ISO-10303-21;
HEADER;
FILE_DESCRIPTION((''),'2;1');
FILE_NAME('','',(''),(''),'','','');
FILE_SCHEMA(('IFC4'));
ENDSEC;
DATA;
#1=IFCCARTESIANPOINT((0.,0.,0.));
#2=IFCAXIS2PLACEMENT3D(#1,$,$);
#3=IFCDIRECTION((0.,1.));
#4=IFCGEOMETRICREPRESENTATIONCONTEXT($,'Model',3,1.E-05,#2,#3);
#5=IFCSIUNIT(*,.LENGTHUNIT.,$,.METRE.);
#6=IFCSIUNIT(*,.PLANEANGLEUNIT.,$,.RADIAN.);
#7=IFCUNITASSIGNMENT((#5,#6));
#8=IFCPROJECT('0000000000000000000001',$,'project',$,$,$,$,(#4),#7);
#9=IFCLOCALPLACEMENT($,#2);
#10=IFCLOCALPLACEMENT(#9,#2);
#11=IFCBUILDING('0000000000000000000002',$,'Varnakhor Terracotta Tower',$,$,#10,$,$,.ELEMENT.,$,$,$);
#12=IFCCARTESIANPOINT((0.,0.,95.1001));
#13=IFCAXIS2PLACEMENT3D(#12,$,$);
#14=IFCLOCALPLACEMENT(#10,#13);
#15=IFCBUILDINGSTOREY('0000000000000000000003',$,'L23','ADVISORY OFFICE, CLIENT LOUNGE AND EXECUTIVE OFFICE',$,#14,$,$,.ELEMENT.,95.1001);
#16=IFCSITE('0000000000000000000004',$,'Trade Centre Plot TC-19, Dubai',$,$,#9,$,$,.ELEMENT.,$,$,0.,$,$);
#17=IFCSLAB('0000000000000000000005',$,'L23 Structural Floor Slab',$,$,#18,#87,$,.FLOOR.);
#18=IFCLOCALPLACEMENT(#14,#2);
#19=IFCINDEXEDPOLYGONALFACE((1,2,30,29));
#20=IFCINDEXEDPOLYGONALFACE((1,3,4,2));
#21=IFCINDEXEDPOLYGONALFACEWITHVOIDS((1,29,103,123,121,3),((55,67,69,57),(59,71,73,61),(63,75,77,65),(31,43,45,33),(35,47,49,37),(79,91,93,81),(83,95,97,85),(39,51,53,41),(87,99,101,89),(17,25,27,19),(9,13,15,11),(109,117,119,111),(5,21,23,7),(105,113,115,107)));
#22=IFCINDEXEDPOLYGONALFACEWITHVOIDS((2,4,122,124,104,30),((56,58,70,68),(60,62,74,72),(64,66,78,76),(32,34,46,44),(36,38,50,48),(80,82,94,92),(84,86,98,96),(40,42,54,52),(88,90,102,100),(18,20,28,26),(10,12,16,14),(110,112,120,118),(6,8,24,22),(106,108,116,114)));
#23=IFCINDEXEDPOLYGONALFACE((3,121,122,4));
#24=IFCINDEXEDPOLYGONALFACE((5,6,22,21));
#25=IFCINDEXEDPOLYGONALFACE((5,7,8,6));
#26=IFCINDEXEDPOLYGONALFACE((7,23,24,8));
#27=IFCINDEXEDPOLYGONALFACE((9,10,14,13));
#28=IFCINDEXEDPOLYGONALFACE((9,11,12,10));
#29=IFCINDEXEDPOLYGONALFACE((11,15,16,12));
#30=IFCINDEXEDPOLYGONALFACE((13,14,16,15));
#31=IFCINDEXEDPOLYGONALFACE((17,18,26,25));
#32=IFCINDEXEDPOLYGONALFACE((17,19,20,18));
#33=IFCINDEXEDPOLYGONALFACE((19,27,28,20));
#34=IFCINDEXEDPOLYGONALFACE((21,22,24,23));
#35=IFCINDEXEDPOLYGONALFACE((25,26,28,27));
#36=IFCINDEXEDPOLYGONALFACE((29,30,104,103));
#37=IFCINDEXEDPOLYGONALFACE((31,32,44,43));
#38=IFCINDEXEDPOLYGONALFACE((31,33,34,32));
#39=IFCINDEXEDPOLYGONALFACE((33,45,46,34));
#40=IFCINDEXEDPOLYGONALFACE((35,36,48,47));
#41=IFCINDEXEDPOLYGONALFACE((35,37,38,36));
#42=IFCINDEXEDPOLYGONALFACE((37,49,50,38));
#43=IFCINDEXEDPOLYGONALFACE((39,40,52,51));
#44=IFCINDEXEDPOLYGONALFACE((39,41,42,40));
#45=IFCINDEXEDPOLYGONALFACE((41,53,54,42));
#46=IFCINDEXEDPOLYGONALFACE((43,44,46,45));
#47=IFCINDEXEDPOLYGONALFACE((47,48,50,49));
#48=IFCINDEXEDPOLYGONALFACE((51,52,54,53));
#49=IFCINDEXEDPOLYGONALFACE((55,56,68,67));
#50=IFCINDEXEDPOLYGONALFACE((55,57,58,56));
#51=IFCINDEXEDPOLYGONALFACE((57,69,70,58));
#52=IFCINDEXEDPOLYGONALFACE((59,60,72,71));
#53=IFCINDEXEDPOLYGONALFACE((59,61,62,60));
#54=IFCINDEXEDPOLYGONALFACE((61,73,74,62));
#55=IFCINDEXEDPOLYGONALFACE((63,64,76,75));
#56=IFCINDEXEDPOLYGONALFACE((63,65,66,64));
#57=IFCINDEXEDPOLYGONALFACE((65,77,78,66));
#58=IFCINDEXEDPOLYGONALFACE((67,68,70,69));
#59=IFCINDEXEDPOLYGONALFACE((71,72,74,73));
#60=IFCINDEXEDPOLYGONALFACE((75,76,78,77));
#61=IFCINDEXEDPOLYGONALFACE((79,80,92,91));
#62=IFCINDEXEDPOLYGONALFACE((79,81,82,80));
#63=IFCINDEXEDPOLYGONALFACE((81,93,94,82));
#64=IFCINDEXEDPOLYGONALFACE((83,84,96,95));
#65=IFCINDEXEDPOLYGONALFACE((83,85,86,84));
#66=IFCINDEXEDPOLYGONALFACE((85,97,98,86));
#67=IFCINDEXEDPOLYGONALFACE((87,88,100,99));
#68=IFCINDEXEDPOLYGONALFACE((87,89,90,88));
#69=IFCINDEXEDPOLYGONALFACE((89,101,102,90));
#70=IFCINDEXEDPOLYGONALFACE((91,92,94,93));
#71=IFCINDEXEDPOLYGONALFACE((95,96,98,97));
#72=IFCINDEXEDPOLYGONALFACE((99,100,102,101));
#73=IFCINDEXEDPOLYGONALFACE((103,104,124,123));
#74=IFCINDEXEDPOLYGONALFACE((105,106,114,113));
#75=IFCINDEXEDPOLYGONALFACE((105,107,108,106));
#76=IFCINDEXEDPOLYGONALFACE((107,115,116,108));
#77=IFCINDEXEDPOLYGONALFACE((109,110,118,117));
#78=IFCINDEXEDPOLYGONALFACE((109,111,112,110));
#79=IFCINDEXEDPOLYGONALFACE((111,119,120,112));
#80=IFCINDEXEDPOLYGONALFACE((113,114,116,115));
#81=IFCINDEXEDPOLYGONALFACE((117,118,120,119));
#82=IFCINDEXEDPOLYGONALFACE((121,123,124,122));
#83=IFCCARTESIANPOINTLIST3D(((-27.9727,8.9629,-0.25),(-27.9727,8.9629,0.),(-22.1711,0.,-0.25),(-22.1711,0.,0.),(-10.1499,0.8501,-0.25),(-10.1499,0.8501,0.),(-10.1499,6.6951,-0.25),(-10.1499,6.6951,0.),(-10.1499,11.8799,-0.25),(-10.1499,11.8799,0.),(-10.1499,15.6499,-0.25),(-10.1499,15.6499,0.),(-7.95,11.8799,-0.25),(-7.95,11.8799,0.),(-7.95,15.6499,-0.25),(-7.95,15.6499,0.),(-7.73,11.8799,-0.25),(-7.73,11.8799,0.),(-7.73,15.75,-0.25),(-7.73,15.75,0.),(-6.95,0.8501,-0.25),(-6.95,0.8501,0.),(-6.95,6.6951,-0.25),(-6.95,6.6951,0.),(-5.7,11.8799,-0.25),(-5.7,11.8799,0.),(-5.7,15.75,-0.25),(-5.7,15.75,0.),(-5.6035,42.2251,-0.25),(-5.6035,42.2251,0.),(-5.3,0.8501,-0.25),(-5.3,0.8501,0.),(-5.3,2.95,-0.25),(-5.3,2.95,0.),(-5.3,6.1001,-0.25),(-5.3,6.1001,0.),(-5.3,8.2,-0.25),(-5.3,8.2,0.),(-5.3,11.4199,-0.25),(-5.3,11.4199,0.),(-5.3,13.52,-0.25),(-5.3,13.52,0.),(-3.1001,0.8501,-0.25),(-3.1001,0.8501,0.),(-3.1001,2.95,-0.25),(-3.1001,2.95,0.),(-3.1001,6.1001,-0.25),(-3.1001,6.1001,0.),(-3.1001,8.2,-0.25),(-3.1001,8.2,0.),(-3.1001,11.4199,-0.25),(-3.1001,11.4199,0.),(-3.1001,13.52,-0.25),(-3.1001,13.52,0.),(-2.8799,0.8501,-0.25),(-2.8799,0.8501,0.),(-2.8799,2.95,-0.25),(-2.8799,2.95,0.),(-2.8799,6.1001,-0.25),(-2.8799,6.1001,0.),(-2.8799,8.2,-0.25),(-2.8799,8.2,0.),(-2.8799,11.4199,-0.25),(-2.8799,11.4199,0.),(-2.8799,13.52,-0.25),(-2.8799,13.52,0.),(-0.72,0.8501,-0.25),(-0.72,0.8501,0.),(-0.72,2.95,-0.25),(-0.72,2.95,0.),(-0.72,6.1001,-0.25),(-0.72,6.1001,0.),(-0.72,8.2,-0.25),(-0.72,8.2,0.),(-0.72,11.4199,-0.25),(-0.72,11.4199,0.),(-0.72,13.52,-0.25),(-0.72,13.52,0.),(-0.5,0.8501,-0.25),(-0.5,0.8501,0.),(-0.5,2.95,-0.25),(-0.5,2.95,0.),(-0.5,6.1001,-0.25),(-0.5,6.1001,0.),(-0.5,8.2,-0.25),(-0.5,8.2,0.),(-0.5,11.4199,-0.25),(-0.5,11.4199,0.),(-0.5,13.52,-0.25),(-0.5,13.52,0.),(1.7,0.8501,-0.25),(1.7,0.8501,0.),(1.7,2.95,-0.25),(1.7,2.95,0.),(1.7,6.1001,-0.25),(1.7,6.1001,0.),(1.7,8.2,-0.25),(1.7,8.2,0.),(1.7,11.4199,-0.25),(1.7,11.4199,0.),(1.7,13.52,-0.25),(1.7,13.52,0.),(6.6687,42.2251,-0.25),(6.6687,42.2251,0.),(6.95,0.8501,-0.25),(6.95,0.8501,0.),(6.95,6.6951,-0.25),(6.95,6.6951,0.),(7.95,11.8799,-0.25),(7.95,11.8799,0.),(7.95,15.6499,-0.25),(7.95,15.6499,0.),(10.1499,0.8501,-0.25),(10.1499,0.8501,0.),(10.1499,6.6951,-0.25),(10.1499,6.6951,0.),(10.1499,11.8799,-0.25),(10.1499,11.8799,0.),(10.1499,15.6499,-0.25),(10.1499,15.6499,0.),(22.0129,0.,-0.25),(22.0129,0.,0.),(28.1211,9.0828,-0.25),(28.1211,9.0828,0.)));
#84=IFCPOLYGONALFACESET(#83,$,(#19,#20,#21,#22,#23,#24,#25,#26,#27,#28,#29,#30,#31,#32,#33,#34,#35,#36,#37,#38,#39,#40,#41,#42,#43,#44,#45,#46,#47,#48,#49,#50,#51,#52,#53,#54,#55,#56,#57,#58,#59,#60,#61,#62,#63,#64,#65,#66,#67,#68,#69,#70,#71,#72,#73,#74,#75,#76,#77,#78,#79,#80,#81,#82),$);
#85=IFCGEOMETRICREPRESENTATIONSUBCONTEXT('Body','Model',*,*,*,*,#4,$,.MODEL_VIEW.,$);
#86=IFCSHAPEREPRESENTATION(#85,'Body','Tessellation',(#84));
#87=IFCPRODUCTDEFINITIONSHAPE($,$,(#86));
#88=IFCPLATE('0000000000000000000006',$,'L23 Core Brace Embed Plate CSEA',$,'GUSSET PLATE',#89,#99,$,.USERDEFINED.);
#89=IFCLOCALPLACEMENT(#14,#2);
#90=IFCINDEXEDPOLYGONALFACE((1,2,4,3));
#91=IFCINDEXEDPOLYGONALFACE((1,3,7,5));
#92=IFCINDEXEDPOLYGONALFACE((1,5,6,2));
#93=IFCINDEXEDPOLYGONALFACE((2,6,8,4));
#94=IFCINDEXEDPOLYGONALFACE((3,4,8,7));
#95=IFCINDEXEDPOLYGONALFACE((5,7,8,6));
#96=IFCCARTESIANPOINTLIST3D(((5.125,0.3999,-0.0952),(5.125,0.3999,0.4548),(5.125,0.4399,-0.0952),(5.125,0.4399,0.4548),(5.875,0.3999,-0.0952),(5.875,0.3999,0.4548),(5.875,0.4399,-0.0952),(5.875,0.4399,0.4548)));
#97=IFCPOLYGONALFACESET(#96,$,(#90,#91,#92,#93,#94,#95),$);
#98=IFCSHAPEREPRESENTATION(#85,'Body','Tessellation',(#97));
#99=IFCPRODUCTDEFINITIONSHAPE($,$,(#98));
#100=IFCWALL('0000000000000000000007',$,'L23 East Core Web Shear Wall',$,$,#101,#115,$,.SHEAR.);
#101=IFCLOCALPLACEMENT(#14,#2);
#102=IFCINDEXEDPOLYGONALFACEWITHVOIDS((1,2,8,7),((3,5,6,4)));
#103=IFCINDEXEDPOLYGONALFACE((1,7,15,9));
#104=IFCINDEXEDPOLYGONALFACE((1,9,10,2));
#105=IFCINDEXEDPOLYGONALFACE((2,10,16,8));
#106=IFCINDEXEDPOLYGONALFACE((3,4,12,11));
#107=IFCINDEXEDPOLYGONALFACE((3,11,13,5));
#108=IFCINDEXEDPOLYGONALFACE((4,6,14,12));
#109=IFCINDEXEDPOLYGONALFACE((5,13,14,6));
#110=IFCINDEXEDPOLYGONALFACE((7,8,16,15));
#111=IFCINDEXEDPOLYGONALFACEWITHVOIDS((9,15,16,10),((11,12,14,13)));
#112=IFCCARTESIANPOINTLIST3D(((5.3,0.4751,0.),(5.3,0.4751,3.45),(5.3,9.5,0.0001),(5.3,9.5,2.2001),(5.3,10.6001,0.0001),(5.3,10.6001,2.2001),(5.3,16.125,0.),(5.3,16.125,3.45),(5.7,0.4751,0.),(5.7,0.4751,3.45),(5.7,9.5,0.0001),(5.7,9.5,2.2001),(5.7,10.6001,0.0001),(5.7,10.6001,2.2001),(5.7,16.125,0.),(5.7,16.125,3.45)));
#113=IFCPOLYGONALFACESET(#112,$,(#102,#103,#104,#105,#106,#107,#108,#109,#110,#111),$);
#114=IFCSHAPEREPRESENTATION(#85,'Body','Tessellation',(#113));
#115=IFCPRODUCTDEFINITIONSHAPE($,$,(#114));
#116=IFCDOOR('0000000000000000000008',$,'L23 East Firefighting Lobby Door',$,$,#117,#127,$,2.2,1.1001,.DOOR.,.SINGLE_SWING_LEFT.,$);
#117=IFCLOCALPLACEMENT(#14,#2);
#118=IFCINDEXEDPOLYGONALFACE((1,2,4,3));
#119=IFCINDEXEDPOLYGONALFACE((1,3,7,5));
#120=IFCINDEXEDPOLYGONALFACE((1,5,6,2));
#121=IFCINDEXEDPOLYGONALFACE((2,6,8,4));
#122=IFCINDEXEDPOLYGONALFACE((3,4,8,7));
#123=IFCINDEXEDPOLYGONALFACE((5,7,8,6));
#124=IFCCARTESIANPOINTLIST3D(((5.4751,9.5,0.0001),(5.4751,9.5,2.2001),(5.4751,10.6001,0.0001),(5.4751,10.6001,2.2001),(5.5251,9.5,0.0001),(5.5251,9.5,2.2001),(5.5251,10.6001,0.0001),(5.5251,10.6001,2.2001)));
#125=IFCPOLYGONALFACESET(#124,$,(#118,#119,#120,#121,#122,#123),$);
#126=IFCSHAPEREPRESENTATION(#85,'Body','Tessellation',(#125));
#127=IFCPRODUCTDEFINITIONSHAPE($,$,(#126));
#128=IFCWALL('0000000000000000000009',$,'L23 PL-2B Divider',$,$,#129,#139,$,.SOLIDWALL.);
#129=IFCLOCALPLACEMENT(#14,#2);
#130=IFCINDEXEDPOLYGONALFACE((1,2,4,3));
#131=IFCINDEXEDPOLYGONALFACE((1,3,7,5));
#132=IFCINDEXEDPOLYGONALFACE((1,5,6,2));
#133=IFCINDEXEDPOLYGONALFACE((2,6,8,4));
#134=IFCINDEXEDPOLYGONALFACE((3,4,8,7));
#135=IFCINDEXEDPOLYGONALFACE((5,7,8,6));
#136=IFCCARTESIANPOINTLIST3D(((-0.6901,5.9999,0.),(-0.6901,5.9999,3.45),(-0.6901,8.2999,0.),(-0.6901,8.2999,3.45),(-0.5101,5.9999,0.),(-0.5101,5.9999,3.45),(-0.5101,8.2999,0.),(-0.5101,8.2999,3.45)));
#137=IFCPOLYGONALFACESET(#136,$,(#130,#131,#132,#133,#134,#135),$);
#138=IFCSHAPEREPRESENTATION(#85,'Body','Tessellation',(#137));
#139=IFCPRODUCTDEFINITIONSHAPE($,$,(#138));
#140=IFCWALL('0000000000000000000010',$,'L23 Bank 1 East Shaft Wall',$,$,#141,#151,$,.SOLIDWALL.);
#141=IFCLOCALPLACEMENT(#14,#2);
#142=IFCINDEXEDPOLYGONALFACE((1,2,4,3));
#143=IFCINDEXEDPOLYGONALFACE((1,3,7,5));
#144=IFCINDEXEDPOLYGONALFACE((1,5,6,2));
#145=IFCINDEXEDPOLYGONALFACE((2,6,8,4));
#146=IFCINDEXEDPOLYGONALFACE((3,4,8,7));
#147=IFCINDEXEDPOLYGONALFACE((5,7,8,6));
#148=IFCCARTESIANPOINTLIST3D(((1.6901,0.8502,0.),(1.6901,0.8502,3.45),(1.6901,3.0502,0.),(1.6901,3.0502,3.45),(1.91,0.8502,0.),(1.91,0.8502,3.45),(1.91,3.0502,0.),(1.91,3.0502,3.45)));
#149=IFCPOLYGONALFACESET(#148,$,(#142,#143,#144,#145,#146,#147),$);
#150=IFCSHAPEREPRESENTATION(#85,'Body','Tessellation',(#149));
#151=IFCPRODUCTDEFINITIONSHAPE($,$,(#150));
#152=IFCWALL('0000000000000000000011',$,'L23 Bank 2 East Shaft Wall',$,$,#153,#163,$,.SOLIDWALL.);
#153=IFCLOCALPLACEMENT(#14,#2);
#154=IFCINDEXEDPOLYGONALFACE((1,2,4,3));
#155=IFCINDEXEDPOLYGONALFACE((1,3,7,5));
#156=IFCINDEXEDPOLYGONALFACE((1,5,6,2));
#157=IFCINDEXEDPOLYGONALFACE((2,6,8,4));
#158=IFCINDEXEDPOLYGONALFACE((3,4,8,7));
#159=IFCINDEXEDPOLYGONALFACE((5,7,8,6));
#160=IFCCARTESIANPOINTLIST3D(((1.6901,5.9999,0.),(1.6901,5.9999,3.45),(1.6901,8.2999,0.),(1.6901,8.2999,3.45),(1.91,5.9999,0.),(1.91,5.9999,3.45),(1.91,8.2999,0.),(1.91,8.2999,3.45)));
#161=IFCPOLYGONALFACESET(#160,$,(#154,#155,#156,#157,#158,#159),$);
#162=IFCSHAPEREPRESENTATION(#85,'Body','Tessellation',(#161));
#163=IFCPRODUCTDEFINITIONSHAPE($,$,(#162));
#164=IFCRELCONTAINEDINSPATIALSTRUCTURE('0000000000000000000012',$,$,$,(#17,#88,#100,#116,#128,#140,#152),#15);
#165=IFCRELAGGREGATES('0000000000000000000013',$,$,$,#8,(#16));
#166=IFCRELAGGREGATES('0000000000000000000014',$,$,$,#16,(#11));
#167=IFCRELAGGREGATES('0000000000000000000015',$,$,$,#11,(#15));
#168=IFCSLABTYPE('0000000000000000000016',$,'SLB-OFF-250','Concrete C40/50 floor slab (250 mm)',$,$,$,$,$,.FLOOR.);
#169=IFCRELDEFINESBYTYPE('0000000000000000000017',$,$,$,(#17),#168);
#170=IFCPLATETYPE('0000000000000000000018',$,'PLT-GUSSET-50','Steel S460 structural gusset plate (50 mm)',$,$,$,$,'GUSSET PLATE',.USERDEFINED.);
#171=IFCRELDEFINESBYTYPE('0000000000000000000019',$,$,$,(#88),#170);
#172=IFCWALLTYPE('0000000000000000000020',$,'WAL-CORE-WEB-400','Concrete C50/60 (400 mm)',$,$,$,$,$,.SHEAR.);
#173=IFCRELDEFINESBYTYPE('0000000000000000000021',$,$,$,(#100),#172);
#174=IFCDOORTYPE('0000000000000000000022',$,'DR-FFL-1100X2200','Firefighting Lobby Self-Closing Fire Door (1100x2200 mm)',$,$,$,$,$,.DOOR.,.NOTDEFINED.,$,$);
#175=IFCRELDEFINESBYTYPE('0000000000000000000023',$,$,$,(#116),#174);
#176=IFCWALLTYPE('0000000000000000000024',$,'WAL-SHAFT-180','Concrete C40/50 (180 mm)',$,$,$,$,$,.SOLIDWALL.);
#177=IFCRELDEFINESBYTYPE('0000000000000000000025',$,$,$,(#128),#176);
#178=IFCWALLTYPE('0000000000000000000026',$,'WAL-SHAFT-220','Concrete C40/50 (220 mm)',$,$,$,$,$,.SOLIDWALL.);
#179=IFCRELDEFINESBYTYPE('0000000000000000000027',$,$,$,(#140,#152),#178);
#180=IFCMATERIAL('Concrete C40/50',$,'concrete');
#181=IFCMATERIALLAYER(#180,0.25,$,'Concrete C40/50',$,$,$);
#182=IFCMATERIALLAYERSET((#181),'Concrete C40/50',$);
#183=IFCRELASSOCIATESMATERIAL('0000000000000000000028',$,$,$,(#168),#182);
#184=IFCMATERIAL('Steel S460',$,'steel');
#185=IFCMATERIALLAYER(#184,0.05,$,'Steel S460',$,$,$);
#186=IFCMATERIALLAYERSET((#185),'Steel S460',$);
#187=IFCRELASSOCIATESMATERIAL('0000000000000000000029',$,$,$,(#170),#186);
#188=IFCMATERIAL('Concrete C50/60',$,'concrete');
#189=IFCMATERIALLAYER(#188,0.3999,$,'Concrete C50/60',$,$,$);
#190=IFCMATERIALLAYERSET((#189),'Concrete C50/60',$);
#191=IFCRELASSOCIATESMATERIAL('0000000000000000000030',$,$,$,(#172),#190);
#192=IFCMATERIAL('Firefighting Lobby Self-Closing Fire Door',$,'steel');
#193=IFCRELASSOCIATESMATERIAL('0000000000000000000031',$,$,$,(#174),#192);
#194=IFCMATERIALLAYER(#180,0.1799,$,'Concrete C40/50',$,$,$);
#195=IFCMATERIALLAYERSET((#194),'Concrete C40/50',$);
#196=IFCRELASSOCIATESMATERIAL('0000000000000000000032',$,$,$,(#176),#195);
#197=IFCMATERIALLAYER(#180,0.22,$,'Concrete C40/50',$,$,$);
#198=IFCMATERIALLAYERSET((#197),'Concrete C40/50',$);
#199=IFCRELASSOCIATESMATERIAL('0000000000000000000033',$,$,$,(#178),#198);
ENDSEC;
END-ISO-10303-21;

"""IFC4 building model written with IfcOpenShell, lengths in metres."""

from ifc_helpers import new_model, si_unit, direction, frame, frame_2d, origin, origin_2d, place, context, subcontext, project, spatial, polyline, rectangle, outline, extrude, source, transform, mapped, material, layer, layer_set, type_object, type_shapes, element, fill, save


model = new_model("IFC4")

# Units and contexts
model_context = context("Model", 3, precision=1e-05, world=origin(), true_north=direction((0.0, 1.0)))
body_context = subcontext(model_context, "Body", "Model", "MODEL_VIEW")
ifc_project = project(units=[si_unit("LENGTHUNIT", "METRE"), si_unit("PLANEANGLEUNIT", "RADIAN")], contexts=[model_context])

# Site, building, storey
site_placement = place(None, origin())
site = spatial("IfcSite", under=ifc_project, at=site_placement, Name="Trade Centre Plot TC-19, Dubai", CompositionType="ELEMENT", RefElevation=0.0)
building_placement = place(site_placement, origin())
building = spatial("IfcBuilding", under=site, at=building_placement, Name="Varnakhor Terracotta Tower", CompositionType="ELEMENT")
storey_placement = place(building_placement, frame((0.0, 0.0, 95.1001)))
storey = spatial("IfcBuildingStorey", under=building, at=storey_placement, Name="L23", Description="ADVISORY OFFICE, CLIENT LOUNGE AND EXECUTIVE OFFICE", CompositionType="ELEMENT", Elevation=95.1001)

# Shared definitions
ifc_material_1 = material(Name="Concrete C50/60", Category="concrete")

# Shared definitions
ifc_material_2 = material(Name="Steel S460", Category="steel")

# Shared definitions
ifc_material_3 = material(Name="Concrete C40/50", Category="concrete")

# Slab
ifc_layer_1 = layer(ifc_material_3, 0.25, Name="Concrete C40/50")
ifc_layer_set_1 = layer_set([ifc_layer_1], Name="Concrete C40/50")
slab_type_1 = type_object("IfcSlabType", Name="SLB-OFF-250", Description="Concrete C40/50 floor slab (250 mm)", PredefinedType="FLOOR", material=ifc_layer_set_1)
slab_1_placement = place(storey_placement, frame((0.0, 0.0, -0.25)))
element("IfcSlab", 1, at=slab_1_placement, inside=storey, type_object=slab_type_1, Name="L23 Structural Floor Slab", PredefinedType="FLOOR", context=body_context, shape_type="SweptSolid", body=[
    extrude(outline(polyline([(-27.9727, 8.9629), (-5.6035, 42.2251), (6.6687, 42.2251), (28.1211, 9.0828), (22.0129, 0.0), (-22.1711, 0.0), (-27.9727, 8.9629)]), holes=[polyline([(-3.1001, 0.8501), (-3.1001, 2.95), (-5.3, 2.95), (-5.3, 0.8501), (-3.1001, 0.8501)]), polyline([(-2.8799, 0.8501), (-0.72, 0.8501), (-0.72, 2.95), (-2.8799, 2.95), (-2.8799, 0.8501)]), polyline([(-10.1499, 0.8501), (-6.95, 0.8501), (-6.95, 6.6951), (-10.1499, 6.6951), (-10.1499, 0.8501)]), polyline([(-5.3, 6.1001), (-3.1001, 6.1001), (-3.1001, 8.2), (-5.3, 8.2), (-5.3, 6.1001)]), polyline([(-5.3, 11.4199), (-3.1001, 11.4199), (-3.1001, 13.52), (-5.3, 13.52), (-5.3, 11.4199)]), polyline([(-10.1499, 11.8799), (-7.95, 11.8799), (-7.95, 15.6499), (-10.1499, 15.6499), (-10.1499, 11.8799)]), polyline([(-7.73, 11.8799), (-5.7, 11.8799), (-5.7, 15.75), (-7.73, 15.75), (-7.73, 11.8799)]), polyline([(1.7, 0.8501), (1.7, 2.95), (-0.5, 2.95), (-0.5, 0.8501), (1.7, 0.8501)]), polyline([(6.95, 0.8501), (10.1499, 0.8501), (10.1499, 6.6951), (6.95, 6.6951), (6.95, 0.8501)]), polyline([(-2.8799, 6.1001), (-0.72, 6.1001), (-0.72, 8.2), (-2.8799, 8.2), (-2.8799, 6.1001)]), polyline([(-0.5, 6.1001), (1.7, 6.1001), (1.7, 8.2), (-0.5, 8.2), (-0.5, 6.1001)]), polyline([(-2.8799, 11.4199), (-0.72, 11.4199), (-0.72, 13.52), (-2.8799, 13.52), (-2.8799, 11.4199)]), polyline([(-0.5, 11.4199), (1.7, 11.4199), (1.7, 13.52), (-0.5, 13.52), (-0.5, 11.4199)]), polyline([(7.95, 11.8799), (10.1499, 11.8799), (10.1499, 15.6499), (7.95, 15.6499), (7.95, 11.8799)])]), origin(), (0.0, 0.0, 1.0), 0.25),
])

# Plate
ifc_layer_2 = layer(ifc_material_2, 0.05, Name="Steel S460")
ifc_layer_set_2 = layer_set([ifc_layer_2], Name="Steel S460")
plate_type = type_object("IfcPlateType", Name="PLT-GUSSET-50", Description="Steel S460 structural gusset plate (50 mm)", ElementType="GUSSET PLATE", PredefinedType="USERDEFINED", material=ifc_layer_set_2)
shared_shape_1 = source(origin(), body_context, "Body", "SweptSolid", [
    extrude(rectangle(XDim=0.75, YDim=0.04, at=origin_2d()), origin(), (0.0, 0.0, 1.0), 0.55),
])
type_shapes(plate_type, [shared_shape_1])
plate_placement = place(storey_placement, frame((5.5, 0.4199, -0.0952), z_axis=(0.0, 0.0, 1.0), x_axis=(1.0, 0.0, 0.0)))
element("IfcPlate", 2, at=plate_placement, inside=storey, type_object=plate_type, Name="L23 Core Brace Embed Plate CSEA", ObjectType="GUSSET PLATE", PredefinedType="USERDEFINED", context=body_context, shape_type="MappedRepresentation", body=[
    mapped(shared_shape_1, transform((0.0, 0.0, 0.0), scale=1.0)),
])

# Wall, opening, door
ifc_layer_3 = layer(ifc_material_1, 0.3999, Name="Concrete C50/60")
ifc_layer_set_3 = layer_set([ifc_layer_3], Name="Concrete C50/60")
wall_type_1 = type_object("IfcWallType", Name="WAL-CORE-WEB-400", Description="Concrete C50/60 (400 mm)", PredefinedType="SHEAR", material=ifc_layer_set_3)
wall_1_placement = place(storey_placement, frame((5.5, 0.4751, 0.0), z_axis=(0.0, 0.0, 1.0), x_axis=(0.0, 1.0, 0.0)))
wall_1 = element("IfcWall", 3, at=wall_1_placement, inside=storey, type_object=wall_type_1, Name="L23 East Core Web Shear Wall", PredefinedType="SHEAR", context=body_context, shape_type="SweptSolid", body=[
    extrude(rectangle(XDim=15.6499, YDim=0.3999, at=frame_2d((7.825, 0.0))), origin(), (0.0, 0.0, 1.0), 3.45),
])
opening_1_placement = place(wall_1_placement, frame((9.0249, 0.0, 0.0)))
opening_1 = element("IfcOpeningElement", 4, at=opening_1_placement, cuts=wall_1, PredefinedType="OPENING", context=body_context, shape_type="SweptSolid", body=[
    extrude(rectangle(XDim=1.1001, YDim=2.2, at=frame_2d((0.55, 1.1001))), frame((0.0, 0.21, 0.0), z_axis=(0.0, -1.0, 0.0), x_axis=(1.0, 0.0, 0.0)), (0.0, 0.0, 1.0), 0.4199),
])
ifc_material_4 = material(Name="Firefighting Lobby Self-Closing Fire Door", Category="steel")
door_type_1 = type_object("IfcDoorType", Name="DR-FFL-1100X2200", Description="Firefighting Lobby Self-Closing Fire Door (1100x2200 mm)", OperationType="NOTDEFINED", PredefinedType="DOOR", material=ifc_material_4)
shared_shape_2 = source(origin(), body_context, "Body", "SweptSolid", [
    extrude(rectangle(XDim=1.1001, YDim=2.2, at=frame_2d((0.55, 1.1001))), frame((0.0, 0.0249, 0.0), z_axis=(0.0, -1.0, 0.0), x_axis=(1.0, 0.0, 0.0)), (0.0, 0.0, 1.0), 0.05),
])
type_shapes(door_type_1, [shared_shape_2])
door_1_placement = place(opening_1_placement, origin())
door_1 = element("IfcDoor", 5, at=door_1_placement, inside=storey, type_object=door_type_1, Name="L23 East Firefighting Lobby Door", OperationType="SINGLE_SWING_LEFT", OverallHeight=2.2, OverallWidth=1.1001, PredefinedType="DOOR", context=body_context, shape_type="MappedRepresentation", body=[
    mapped(shared_shape_2, transform((0.0, 0.0, 0.0), scale=1.0)),
])
fill(opening_1, door_1)

# Walls
ifc_layer_4 = layer(ifc_material_3, 0.1799, Name="Concrete C40/50")
ifc_layer_set_4 = layer_set([ifc_layer_4], Name="Concrete C40/50")
wall_type_2 = type_object("IfcWallType", Name="WAL-SHAFT-180", Description="Concrete C40/50 (180 mm)", PredefinedType="SOLIDWALL", material=ifc_layer_set_4)
wall_2_placement = place(storey_placement, frame((-0.6001, 6.0, 0.0), z_axis=(0.0, 0.0, 1.0), x_axis=(0.0, 1.0, 0.0)))
element("IfcWall", 6, at=wall_2_placement, inside=storey, type_object=wall_type_2, Name="L23 PL-2B Divider", PredefinedType="SOLIDWALL", context=body_context, shape_type="SweptSolid", body=[
    extrude(rectangle(XDim=2.3, YDim=0.1799, at=frame_2d((1.1499, 0.0))), origin(), (0.0, 0.0, 1.0), 3.45),
])
ifc_layer_5 = layer(ifc_material_3, 0.22, Name="Concrete C40/50")
ifc_layer_set_5 = layer_set([ifc_layer_5], Name="Concrete C40/50")
wall_type_3 = type_object("IfcWallType", Name="WAL-SHAFT-220", Description="Concrete C40/50 (220 mm)", PredefinedType="SOLIDWALL", material=ifc_layer_set_5)
wall_3_placement = place(storey_placement, frame((1.8, 0.8501, 0.0), z_axis=(0.0, 0.0, 1.0), x_axis=(0.0, 1.0, 0.0)))
element("IfcWall", 7, at=wall_3_placement, inside=storey, type_object=wall_type_3, Name="L23 Bank 1 East Shaft Wall", PredefinedType="SOLIDWALL", context=body_context, shape_type="SweptSolid", body=[
    extrude(rectangle(XDim=2.2, YDim=0.22, at=frame_2d((1.1001, 0.0))), origin(), (0.0, 0.0, 1.0), 3.45),
])
wall_4_placement = place(storey_placement, frame((1.8, 6.0, 0.0), z_axis=(0.0, 0.0, 1.0), x_axis=(0.0, 1.0, 0.0)))
element("IfcWall", 8, at=wall_4_placement, inside=storey, type_object=wall_type_3, Name="L23 Bank 2 East Shaft Wall", PredefinedType="SOLIDWALL", context=body_context, shape_type="SweptSolid", body=[
    extrude(rectangle(XDim=2.3, YDim=0.22, at=frame_2d((1.1499, 0.0))), origin(), (0.0, 0.0, 1.0), 3.45),
])

save(model, "model.ifc")
